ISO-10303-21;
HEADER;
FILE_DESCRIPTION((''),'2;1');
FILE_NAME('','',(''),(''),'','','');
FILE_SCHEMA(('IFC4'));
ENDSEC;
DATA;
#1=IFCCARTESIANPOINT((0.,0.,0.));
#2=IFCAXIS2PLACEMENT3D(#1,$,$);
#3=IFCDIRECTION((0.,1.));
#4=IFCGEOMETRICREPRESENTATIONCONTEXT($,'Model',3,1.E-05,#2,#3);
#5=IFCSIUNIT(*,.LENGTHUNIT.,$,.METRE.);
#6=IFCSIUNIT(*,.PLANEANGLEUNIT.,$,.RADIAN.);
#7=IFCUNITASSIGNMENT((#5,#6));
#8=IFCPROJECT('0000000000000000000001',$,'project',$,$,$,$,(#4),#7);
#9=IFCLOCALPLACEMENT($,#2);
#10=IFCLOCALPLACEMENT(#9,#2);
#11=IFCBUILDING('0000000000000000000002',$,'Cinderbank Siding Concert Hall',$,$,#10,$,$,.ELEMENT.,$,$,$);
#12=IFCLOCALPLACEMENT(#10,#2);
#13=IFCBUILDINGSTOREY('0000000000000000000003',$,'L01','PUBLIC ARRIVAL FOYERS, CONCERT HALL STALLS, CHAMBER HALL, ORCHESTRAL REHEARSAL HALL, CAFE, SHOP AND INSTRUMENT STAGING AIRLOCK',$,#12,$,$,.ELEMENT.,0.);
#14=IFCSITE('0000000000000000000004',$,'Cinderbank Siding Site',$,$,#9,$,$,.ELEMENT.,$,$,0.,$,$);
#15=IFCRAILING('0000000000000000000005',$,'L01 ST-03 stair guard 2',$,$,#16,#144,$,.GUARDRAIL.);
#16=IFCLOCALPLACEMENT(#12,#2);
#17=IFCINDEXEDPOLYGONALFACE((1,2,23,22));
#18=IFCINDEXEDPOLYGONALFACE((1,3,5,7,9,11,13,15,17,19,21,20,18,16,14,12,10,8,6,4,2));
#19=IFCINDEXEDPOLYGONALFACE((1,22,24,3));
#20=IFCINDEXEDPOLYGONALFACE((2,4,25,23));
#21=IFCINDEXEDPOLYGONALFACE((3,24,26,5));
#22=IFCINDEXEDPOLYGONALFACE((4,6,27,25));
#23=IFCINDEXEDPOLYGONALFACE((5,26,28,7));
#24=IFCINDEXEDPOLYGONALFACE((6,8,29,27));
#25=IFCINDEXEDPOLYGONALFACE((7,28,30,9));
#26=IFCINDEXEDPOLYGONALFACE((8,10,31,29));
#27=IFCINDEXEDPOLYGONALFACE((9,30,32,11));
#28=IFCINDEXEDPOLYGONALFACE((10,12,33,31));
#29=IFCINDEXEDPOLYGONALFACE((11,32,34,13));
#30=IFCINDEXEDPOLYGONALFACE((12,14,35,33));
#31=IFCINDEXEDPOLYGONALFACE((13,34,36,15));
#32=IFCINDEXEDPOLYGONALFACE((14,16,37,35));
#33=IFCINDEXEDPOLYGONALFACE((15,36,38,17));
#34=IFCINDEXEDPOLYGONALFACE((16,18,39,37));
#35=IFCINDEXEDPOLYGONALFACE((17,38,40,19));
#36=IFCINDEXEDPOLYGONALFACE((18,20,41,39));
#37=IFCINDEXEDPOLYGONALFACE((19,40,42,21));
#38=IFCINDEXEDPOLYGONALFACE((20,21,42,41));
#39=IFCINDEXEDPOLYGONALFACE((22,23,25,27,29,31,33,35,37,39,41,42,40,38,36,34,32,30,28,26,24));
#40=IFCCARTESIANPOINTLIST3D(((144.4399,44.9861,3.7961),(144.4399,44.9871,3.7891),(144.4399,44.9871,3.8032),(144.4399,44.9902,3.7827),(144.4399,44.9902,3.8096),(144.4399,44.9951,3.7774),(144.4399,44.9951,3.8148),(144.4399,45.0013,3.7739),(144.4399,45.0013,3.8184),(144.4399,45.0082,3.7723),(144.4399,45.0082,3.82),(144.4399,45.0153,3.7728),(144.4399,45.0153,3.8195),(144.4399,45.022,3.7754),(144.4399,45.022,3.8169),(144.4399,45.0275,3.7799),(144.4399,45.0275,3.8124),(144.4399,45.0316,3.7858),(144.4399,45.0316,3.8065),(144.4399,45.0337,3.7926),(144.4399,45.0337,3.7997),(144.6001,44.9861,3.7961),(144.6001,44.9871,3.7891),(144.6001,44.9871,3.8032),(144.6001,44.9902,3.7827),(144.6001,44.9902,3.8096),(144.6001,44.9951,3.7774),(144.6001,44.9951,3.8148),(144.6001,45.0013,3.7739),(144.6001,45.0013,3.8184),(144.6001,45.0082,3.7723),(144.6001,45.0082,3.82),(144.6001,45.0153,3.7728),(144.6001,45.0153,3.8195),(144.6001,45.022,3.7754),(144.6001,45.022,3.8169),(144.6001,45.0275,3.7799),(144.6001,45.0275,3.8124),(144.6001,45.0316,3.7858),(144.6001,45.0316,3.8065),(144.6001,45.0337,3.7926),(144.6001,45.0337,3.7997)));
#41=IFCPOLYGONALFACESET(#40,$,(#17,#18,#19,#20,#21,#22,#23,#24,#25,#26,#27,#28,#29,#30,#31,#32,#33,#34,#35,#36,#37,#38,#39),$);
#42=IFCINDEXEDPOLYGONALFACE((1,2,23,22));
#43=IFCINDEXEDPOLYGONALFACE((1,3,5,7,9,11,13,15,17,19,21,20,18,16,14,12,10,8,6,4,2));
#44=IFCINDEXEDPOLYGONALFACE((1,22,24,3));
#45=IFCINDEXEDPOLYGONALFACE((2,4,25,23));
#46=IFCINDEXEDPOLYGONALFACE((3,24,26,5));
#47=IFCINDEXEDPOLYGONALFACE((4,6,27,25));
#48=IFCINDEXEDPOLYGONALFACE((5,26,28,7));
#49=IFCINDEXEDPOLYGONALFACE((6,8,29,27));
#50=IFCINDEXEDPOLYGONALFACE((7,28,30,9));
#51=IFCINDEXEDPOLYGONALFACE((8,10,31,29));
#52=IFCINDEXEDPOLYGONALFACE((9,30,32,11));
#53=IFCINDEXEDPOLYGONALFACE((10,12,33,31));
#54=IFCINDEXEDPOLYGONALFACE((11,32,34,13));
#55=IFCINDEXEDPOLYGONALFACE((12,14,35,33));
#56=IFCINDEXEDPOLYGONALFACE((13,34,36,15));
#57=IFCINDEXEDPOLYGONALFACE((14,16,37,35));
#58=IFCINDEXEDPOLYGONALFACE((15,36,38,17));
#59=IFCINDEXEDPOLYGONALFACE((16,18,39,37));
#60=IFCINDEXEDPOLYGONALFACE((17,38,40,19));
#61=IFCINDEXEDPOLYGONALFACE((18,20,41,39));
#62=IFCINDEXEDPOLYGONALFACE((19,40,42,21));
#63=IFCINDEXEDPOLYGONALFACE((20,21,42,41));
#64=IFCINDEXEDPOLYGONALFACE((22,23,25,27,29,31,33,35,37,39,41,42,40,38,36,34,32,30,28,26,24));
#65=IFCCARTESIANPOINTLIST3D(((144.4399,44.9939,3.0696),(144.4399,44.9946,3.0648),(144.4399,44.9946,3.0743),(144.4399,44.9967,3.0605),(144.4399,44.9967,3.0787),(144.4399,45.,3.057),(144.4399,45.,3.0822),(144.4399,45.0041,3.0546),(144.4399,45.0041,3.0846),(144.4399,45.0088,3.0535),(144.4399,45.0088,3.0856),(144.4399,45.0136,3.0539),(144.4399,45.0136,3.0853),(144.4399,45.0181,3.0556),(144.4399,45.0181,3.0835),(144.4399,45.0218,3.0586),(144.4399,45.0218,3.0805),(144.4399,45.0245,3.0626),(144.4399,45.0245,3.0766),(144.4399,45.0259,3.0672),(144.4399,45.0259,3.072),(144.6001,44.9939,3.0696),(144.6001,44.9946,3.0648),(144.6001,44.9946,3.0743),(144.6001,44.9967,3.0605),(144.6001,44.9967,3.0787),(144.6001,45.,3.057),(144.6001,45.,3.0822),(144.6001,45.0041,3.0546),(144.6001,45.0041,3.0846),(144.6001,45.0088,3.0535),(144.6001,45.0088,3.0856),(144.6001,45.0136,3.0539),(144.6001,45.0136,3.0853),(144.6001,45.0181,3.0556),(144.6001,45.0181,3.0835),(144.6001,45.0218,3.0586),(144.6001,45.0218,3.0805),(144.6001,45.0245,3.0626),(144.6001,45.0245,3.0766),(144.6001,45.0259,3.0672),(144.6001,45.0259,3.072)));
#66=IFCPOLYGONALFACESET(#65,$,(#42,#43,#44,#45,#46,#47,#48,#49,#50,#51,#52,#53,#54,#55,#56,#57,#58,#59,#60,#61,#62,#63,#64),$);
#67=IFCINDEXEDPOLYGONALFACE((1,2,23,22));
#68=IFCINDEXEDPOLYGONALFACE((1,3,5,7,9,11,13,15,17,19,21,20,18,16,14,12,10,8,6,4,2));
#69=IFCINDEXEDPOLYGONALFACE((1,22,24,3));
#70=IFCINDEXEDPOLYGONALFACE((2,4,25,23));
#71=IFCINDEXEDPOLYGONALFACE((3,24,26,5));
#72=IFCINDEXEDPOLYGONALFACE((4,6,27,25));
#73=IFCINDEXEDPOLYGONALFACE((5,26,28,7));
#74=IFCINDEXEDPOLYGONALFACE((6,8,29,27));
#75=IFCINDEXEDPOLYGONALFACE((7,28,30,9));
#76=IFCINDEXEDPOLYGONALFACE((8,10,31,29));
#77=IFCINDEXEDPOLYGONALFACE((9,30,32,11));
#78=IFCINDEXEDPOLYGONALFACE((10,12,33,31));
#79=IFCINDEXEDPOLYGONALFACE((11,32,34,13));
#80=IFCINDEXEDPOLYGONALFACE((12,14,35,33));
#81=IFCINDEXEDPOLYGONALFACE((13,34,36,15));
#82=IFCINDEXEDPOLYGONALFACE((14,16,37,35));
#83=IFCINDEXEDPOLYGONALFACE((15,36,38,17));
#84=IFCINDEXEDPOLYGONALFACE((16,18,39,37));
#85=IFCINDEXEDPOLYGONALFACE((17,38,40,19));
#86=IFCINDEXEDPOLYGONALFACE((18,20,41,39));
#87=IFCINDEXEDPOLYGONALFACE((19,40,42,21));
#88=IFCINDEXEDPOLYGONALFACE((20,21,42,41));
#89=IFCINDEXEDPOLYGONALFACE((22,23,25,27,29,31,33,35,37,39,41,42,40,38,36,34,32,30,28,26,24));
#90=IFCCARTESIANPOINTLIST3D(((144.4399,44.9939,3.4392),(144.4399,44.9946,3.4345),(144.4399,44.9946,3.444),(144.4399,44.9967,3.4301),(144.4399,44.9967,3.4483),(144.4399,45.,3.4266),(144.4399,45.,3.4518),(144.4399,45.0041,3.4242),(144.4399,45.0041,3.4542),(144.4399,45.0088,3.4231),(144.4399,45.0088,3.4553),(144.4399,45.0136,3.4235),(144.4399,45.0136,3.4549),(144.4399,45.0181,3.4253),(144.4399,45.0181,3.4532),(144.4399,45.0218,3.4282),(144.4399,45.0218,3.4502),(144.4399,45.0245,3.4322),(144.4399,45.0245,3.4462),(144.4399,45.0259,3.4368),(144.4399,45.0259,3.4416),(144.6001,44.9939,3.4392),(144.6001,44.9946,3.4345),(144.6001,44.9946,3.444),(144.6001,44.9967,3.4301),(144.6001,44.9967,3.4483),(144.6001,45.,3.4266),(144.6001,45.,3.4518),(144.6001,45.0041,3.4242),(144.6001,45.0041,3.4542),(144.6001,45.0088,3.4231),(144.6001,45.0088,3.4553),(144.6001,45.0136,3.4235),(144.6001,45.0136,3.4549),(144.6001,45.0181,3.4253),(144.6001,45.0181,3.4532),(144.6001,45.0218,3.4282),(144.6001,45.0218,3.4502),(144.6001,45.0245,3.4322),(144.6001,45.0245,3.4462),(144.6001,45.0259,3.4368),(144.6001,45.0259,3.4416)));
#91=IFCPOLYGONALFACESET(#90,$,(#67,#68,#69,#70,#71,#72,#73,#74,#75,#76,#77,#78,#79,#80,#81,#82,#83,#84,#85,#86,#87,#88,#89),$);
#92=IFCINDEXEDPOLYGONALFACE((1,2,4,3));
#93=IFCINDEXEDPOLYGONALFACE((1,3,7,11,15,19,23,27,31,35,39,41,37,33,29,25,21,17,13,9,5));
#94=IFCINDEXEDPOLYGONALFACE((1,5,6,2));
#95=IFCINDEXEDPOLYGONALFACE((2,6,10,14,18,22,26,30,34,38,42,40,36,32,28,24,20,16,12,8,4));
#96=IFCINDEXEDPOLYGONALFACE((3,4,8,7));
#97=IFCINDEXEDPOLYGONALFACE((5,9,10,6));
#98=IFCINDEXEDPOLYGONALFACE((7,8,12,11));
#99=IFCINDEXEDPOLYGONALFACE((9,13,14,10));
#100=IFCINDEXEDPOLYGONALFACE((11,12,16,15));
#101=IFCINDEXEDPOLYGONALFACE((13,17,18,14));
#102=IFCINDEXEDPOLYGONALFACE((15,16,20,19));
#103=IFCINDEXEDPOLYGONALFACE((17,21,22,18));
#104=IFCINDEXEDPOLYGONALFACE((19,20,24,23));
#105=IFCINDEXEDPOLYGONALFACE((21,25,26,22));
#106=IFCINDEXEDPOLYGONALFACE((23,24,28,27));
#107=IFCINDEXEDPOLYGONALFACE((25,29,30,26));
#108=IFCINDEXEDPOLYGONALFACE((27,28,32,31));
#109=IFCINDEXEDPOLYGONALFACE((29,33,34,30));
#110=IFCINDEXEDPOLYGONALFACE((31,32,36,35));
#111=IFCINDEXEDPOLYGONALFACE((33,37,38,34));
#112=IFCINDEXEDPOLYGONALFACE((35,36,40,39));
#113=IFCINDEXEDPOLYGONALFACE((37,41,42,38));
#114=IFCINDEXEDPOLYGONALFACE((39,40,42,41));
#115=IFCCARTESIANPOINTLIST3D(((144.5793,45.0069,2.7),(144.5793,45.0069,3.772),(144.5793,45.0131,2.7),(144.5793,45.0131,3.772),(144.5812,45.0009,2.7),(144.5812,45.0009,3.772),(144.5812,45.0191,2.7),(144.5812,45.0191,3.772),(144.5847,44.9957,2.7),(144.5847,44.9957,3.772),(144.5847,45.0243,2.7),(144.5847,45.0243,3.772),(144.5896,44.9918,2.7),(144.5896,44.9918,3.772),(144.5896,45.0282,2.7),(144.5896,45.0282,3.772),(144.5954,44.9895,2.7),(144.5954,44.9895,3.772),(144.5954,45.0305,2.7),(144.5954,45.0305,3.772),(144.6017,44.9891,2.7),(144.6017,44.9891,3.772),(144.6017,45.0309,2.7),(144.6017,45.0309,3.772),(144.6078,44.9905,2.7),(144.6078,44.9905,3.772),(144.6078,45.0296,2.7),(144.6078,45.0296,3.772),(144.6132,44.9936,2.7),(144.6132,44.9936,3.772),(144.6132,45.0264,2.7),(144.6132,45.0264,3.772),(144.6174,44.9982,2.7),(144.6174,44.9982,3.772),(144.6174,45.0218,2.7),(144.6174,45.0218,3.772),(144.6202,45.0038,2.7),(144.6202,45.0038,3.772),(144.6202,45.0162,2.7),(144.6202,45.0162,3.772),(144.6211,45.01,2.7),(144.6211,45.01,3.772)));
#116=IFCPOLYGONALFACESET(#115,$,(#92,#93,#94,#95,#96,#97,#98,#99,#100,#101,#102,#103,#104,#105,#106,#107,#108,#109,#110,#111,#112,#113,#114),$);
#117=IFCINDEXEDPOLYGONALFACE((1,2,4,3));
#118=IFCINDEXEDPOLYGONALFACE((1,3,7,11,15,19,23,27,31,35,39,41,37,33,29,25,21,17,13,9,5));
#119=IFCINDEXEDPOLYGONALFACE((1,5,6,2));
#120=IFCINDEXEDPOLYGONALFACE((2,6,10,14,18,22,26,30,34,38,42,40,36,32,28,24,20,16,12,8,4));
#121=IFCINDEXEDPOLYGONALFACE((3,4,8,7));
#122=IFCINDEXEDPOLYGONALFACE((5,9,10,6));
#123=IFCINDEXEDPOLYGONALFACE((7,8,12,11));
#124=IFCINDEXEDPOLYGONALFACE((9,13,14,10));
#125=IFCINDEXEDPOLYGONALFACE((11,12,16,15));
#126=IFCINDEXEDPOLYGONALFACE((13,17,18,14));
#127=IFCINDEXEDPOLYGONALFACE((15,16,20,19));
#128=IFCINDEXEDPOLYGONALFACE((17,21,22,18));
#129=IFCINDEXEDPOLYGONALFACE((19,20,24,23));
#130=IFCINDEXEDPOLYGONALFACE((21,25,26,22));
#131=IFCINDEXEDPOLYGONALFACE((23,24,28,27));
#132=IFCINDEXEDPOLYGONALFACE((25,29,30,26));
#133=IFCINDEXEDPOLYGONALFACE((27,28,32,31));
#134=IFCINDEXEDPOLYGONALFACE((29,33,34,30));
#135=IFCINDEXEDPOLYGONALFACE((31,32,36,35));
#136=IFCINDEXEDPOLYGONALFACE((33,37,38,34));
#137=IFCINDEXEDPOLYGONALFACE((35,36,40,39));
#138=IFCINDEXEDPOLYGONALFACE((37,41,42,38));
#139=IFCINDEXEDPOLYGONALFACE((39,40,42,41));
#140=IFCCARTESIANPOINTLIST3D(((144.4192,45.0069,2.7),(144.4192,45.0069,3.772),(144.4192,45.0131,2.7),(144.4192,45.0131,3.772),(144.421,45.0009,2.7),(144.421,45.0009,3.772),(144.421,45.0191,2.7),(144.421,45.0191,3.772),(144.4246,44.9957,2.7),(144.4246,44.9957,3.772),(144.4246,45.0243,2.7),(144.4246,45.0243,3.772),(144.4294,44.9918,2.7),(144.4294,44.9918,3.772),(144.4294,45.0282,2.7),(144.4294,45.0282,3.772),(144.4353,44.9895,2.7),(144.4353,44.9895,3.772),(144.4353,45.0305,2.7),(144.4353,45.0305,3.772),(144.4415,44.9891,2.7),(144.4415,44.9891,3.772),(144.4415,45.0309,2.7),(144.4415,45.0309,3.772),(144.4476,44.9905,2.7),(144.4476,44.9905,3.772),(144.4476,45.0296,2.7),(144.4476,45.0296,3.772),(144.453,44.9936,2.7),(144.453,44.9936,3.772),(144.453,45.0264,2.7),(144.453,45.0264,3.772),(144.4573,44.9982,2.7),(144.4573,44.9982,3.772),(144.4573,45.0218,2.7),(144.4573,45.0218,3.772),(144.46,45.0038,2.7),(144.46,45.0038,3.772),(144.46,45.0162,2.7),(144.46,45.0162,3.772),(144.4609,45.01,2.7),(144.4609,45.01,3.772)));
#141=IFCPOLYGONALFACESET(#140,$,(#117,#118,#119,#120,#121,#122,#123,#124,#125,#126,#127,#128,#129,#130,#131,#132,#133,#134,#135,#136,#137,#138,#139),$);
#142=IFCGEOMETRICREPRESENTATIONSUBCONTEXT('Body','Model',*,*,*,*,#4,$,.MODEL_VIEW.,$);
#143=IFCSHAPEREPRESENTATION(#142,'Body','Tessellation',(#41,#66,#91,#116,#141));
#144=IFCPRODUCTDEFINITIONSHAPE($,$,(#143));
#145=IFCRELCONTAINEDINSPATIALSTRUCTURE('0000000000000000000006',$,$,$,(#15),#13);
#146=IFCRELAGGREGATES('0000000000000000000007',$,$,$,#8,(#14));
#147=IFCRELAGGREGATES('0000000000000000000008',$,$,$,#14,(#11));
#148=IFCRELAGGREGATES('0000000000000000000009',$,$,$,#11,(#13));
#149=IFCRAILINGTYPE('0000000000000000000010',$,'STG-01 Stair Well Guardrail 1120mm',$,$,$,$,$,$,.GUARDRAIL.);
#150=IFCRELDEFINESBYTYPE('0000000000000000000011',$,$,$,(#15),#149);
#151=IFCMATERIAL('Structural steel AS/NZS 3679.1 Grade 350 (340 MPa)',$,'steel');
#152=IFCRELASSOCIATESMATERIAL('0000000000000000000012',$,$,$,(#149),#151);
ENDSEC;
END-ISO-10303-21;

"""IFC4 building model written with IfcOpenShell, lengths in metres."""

from ifc_helpers import new_model, si_unit, direction, frame, origin, origin_2d, place, context, subcontext, project, spatial, circle, extrude, material, type_object, element, save


model = new_model("IFC4")

# Units and contexts
model_context = context("Model", 3, precision=1e-05, world=origin(), true_north=direction((0.0, 1.0)))
body_context = subcontext(model_context, "Body", "Model", "MODEL_VIEW")
ifc_project = project(units=[si_unit("LENGTHUNIT", "METRE"), si_unit("PLANEANGLEUNIT", "RADIAN")], contexts=[model_context])

# Site, building, storey
site_placement = place(None, origin())
site = spatial("IfcSite", under=ifc_project, at=site_placement, Name="Cinderbank Siding Site", CompositionType="ELEMENT", RefElevation=0.0)
building_placement = place(site_placement, origin())
building = spatial("IfcBuilding", under=site, at=building_placement, Name="Cinderbank Siding Concert Hall", CompositionType="ELEMENT")
storey_placement = place(building_placement, origin())
storey = spatial("IfcBuildingStorey", under=building, at=storey_placement, Name="L01", Description="PUBLIC ARRIVAL FOYERS, CONCERT HALL STALLS, CHAMBER HALL, ORCHESTRAL REHEARSAL HALL, CAFE, SHOP AND INSTRUMENT STAGING AIRLOCK", CompositionType="ELEMENT", Elevation=0.0)

# Shared definitions
ifc_material_1 = material(Name="Structural steel AS/NZS 3679.1 Grade 350 (340 MPa)", Category="steel")

# Railing
railing_type_1 = type_object("IfcRailingType", Name="STG-01 Stair Well Guardrail 1120mm", PredefinedType="GUARDRAIL", material=ifc_material_1)
railing_1_placement = place(storey_placement, frame((144.6001, 45.01, 2.7)))
element("IfcRailing", 1, at=railing_1_placement, inside=storey, type_object=railing_type_1, Name="L01 ST-03 stair guard 2", PredefinedType="GUARDRAIL", context=body_context, shape_type="SweptSolid", body=[
    extrude(circle(Radius=0.0239, at=origin_2d()), frame((0.0, 0.0, 1.0962), z_axis=(-1.0, 0.0, 0.0), x_axis=(0.0, -1.0, 0.0)), (0.0, 0.0, 1.0), 0.1602),
    extrude(circle(Radius=0.0161, at=origin_2d()), frame((0.0, 0.0, 0.3696), z_axis=(-1.0, 0.0, 0.0), x_axis=(0.0, -1.0, 0.0)), (0.0, 0.0, 1.0), 0.1602),
    extrude(circle(Radius=0.0161, at=origin_2d()), frame((0.0, 0.0, 0.7393), z_axis=(-1.0, 0.0, 0.0), x_axis=(0.0, -1.0, 0.0)), (0.0, 0.0, 1.0), 0.1602),
    extrude(circle(Radius=0.021, at=origin_2d()), origin(), (0.0, 0.0, 1.0), 1.072),
    extrude(circle(Radius=0.021, at=origin_2d()), frame((-0.1602, 0.0, 0.0)), (0.0, 0.0, 1.0), 1.072),
])

save(model, "model.ifc")
